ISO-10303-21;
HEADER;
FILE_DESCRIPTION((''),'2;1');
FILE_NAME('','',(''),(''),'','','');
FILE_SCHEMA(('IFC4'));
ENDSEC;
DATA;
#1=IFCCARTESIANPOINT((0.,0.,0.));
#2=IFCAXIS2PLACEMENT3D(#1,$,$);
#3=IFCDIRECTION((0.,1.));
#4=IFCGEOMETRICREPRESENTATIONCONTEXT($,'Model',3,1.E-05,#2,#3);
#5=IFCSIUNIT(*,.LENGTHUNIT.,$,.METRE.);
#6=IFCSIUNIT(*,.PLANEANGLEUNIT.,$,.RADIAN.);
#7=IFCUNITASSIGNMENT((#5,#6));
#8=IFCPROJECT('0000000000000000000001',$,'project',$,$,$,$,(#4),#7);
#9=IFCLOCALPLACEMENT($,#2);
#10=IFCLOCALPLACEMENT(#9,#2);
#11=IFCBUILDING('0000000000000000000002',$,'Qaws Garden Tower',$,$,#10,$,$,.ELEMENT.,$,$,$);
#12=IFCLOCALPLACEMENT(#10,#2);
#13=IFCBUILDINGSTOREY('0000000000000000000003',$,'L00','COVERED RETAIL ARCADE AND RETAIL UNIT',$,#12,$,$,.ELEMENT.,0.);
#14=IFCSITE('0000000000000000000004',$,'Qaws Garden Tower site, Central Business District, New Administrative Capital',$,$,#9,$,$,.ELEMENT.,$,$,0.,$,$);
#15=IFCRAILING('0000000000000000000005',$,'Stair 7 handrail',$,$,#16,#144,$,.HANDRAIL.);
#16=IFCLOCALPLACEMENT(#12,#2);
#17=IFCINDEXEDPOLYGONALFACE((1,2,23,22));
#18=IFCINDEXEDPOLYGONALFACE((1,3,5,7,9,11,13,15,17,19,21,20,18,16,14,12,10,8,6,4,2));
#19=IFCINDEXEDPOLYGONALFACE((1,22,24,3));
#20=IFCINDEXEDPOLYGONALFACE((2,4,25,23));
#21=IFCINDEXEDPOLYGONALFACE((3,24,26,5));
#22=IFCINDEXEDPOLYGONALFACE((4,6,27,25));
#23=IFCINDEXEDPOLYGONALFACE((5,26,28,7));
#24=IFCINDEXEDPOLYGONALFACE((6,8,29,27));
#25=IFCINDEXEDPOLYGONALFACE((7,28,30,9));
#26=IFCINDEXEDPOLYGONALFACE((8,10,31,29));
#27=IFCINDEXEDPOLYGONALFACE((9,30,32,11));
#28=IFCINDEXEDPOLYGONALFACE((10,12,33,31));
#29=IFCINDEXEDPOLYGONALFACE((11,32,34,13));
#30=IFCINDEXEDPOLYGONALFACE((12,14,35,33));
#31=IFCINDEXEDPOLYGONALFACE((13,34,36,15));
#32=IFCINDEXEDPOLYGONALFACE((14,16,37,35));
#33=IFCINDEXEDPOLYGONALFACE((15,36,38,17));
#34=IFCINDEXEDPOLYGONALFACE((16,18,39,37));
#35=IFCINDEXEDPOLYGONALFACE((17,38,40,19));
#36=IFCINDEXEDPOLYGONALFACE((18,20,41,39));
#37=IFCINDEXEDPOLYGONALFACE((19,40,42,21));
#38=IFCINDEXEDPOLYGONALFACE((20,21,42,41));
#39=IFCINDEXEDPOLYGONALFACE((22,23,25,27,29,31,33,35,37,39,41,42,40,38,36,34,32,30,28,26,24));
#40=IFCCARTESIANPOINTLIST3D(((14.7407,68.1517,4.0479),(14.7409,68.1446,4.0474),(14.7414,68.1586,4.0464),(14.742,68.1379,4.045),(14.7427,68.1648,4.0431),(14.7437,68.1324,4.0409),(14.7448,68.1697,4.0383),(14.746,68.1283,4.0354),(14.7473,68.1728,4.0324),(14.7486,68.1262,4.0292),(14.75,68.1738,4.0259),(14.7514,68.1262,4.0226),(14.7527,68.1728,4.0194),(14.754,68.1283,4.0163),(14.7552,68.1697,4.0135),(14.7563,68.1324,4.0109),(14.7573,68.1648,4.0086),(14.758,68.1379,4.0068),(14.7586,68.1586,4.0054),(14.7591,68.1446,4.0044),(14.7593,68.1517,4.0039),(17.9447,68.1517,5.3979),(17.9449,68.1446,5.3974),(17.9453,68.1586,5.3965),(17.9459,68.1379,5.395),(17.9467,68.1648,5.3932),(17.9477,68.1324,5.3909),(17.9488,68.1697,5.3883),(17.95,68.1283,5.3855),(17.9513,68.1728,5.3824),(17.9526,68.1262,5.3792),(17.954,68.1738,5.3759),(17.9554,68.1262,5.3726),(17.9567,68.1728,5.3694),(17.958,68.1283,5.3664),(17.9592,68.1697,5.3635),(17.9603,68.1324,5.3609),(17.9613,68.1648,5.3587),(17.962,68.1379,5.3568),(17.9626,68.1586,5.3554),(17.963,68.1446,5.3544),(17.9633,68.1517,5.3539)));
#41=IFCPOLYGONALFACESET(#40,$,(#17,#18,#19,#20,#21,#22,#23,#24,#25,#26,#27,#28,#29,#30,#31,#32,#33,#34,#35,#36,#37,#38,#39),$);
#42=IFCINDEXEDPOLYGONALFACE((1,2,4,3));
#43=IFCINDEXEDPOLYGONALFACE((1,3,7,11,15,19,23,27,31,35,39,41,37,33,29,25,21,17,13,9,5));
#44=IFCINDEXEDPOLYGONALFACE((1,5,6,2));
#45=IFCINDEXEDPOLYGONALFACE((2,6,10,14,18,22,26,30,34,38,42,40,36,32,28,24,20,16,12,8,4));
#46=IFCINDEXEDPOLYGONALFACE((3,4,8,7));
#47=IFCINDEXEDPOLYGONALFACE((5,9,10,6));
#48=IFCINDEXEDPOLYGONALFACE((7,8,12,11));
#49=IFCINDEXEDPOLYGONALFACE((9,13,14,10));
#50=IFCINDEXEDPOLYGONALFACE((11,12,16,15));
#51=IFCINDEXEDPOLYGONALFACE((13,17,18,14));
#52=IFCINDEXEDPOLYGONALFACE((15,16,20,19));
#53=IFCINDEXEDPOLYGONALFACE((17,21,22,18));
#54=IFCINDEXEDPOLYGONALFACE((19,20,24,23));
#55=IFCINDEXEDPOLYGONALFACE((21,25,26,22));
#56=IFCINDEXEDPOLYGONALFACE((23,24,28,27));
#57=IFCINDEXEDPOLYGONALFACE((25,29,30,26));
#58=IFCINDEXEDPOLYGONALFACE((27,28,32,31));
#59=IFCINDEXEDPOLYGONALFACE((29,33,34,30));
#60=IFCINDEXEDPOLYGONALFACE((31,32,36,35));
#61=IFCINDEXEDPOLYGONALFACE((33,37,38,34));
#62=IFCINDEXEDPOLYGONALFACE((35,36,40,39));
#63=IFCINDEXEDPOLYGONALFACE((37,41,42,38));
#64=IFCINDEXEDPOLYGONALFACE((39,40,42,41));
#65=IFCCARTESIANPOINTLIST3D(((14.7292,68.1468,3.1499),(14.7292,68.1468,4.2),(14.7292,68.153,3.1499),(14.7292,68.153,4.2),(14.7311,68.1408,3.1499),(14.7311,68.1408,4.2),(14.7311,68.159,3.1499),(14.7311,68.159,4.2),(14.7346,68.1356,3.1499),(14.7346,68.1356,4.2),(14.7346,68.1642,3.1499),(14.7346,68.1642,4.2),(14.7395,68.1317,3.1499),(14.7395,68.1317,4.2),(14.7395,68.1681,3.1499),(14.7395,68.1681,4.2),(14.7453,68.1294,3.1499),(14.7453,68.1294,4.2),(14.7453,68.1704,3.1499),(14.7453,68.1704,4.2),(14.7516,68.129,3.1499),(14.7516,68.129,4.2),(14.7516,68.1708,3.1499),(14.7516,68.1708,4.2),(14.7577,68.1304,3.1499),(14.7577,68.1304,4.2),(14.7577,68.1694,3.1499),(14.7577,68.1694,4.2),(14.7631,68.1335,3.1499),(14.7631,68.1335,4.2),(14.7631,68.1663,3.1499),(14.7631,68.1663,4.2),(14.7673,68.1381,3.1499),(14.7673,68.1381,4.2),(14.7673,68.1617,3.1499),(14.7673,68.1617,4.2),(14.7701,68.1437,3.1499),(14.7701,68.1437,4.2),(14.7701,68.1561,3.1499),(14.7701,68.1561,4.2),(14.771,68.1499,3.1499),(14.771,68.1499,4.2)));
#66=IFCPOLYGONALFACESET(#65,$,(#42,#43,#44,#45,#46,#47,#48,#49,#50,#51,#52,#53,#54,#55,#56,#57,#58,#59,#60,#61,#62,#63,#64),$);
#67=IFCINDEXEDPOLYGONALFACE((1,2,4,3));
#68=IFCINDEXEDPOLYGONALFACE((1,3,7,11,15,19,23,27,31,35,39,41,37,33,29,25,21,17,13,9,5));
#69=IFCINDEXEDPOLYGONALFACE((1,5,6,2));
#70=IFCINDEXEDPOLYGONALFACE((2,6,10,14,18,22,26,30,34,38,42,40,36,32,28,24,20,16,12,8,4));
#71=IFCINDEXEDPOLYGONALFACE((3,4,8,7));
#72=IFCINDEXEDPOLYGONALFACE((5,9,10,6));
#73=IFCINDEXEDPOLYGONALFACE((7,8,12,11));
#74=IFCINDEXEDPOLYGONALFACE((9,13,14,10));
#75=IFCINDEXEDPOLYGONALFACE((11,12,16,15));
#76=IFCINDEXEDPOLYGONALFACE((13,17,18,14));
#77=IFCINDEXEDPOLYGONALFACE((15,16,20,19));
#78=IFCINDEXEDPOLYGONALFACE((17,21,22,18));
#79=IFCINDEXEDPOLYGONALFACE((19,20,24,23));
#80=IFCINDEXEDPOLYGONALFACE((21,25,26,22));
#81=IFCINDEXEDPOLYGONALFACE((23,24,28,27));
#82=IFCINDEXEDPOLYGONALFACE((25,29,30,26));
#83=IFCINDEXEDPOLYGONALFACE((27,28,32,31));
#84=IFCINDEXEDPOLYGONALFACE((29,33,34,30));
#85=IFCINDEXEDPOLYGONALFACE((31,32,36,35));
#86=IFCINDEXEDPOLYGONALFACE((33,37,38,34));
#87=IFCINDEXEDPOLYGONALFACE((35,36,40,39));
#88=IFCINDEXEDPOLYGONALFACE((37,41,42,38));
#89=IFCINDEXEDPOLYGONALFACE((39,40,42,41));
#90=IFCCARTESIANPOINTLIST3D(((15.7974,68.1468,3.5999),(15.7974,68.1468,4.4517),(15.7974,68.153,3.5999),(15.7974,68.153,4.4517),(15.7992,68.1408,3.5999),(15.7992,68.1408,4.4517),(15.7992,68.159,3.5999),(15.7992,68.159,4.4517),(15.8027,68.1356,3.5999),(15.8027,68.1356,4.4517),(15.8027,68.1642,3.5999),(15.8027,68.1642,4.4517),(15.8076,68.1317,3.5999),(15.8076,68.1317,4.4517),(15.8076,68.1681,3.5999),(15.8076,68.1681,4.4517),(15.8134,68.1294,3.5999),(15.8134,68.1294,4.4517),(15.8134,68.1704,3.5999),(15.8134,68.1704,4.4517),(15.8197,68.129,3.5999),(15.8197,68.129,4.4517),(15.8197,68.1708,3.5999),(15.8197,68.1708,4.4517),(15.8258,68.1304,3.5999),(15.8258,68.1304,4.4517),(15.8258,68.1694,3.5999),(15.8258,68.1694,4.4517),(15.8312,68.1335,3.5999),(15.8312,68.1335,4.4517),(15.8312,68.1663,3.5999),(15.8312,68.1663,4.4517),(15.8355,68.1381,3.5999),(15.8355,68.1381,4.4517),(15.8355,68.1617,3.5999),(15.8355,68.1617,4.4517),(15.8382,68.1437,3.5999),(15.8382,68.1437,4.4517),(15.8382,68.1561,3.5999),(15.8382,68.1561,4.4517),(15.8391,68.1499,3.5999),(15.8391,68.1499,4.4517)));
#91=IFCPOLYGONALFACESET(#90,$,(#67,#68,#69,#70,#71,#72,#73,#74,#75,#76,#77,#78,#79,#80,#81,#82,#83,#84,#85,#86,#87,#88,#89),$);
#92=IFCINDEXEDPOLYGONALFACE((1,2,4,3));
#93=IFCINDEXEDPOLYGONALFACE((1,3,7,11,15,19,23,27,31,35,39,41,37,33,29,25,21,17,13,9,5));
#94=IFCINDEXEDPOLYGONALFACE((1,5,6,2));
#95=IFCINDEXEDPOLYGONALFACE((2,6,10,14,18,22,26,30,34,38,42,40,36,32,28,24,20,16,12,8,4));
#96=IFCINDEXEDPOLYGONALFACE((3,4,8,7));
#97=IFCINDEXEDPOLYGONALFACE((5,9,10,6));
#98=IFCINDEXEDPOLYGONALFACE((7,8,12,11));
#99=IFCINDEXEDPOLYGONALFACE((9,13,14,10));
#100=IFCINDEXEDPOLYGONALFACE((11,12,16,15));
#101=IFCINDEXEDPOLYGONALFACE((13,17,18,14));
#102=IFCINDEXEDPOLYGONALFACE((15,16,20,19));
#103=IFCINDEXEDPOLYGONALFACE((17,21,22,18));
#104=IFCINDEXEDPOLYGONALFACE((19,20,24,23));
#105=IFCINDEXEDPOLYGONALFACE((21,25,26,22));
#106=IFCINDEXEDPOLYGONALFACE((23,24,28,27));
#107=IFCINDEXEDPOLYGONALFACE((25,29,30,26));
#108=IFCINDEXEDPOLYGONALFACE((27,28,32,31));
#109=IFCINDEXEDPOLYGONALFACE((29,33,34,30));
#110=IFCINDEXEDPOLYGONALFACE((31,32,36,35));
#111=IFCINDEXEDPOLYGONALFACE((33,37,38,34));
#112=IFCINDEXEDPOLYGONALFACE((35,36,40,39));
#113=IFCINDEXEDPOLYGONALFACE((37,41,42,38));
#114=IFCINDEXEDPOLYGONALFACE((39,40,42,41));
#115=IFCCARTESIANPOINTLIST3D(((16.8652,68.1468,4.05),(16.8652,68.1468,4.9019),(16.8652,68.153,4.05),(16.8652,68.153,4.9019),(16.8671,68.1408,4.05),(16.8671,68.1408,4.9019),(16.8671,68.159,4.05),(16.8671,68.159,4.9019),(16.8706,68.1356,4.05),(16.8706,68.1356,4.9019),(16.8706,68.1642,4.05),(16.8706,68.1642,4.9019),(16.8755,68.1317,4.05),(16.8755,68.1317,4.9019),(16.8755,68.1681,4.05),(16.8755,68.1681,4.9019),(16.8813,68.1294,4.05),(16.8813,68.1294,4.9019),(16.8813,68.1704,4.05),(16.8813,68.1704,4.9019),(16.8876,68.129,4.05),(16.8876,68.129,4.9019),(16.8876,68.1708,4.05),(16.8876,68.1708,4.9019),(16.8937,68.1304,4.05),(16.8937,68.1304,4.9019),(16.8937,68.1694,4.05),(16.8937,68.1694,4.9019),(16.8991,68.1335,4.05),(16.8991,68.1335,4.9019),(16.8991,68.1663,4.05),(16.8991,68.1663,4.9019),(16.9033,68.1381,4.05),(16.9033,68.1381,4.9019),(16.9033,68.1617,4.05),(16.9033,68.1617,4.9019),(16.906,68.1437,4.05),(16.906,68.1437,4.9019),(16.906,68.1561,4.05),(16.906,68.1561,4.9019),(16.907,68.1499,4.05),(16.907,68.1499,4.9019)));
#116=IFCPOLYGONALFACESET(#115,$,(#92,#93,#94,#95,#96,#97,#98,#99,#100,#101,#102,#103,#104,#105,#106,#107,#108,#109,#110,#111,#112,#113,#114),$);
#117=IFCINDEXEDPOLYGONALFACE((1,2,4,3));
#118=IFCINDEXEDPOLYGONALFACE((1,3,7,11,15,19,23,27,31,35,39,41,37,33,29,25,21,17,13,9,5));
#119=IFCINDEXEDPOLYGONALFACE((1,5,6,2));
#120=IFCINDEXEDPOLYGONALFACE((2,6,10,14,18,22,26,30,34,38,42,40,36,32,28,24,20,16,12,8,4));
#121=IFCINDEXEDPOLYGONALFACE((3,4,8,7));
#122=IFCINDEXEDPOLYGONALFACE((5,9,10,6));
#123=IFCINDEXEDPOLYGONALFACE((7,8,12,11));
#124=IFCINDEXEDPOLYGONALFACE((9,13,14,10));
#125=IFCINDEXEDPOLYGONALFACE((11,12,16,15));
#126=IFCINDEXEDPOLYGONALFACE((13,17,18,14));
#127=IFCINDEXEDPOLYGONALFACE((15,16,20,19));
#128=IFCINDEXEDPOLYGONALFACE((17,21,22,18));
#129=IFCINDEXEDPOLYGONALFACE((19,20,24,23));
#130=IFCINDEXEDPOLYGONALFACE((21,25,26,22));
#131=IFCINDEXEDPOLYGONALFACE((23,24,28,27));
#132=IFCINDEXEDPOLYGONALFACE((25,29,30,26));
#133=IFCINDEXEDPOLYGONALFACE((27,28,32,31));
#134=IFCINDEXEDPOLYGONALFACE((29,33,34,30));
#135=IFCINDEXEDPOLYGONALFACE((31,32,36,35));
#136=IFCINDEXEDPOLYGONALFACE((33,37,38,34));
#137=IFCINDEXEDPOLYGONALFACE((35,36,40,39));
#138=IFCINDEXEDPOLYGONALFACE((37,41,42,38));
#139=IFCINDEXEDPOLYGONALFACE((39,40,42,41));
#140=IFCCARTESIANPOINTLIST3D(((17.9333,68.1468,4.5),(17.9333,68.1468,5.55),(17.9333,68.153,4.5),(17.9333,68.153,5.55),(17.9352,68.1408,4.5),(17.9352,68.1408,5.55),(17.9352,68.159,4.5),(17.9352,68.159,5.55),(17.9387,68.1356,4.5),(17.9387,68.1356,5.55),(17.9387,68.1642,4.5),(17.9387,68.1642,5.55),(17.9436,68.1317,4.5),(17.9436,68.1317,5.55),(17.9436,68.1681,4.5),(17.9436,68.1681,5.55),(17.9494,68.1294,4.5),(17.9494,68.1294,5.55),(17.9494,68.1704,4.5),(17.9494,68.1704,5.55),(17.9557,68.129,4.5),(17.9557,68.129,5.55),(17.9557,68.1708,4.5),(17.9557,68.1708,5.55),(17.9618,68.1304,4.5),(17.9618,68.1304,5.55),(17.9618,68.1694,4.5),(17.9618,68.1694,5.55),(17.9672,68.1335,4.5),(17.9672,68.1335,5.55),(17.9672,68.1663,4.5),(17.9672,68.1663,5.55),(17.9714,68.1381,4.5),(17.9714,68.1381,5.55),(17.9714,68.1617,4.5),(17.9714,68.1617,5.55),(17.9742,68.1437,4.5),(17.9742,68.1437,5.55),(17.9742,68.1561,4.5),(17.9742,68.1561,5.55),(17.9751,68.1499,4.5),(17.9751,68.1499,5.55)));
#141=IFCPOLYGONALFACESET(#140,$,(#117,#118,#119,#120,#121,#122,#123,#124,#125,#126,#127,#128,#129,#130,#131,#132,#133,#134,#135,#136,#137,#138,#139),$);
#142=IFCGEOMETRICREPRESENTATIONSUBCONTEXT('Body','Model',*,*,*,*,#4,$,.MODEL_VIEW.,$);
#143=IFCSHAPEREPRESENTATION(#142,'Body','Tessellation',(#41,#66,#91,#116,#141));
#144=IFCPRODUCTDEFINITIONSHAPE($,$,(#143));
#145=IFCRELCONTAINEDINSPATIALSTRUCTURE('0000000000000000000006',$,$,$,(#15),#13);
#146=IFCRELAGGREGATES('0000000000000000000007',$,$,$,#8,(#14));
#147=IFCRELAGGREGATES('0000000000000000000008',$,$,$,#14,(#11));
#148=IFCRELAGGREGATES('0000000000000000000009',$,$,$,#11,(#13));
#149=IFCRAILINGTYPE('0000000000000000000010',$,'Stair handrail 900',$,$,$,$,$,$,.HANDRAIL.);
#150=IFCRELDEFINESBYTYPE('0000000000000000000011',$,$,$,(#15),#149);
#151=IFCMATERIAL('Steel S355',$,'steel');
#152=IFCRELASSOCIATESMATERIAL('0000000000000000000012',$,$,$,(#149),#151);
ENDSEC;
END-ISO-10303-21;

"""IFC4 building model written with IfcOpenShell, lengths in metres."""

from ifc_helpers import new_model, si_unit, direction, frame, origin, origin_2d, place, context, subcontext, project, spatial, circle, extrude, material, type_object, element, save


model = new_model("IFC4")

# Units and contexts
model_context = context("Model", 3, precision=1e-05, world=origin(), true_north=direction((0.0, 1.0)))
body_context = subcontext(model_context, "Body", "Model", "MODEL_VIEW")
ifc_project = project(units=[si_unit("LENGTHUNIT", "METRE"), si_unit("PLANEANGLEUNIT", "RADIAN")], contexts=[model_context])

# Site, building, storey
site_placement = place(None, origin())
site = spatial("IfcSite", under=ifc_project, at=site_placement, Name="Qaws Garden Tower site, Central Business District, New Administrative Capital", CompositionType="ELEMENT", RefElevation=0.0)
building_placement = place(site_placement, origin())
building = spatial("IfcBuilding", under=site, at=building_placement, Name="Qaws Garden Tower", CompositionType="ELEMENT")
storey_placement = place(building_placement, origin())
storey = spatial("IfcBuildingStorey", under=building, at=storey_placement, Name="L00", Description="COVERED RETAIL ARCADE AND RETAIL UNIT", CompositionType="ELEMENT", Elevation=0.0)

# Railing
ifc_material_1 = material(Name="Steel S355", Category="steel")
railing_type = type_object("IfcRailingType", Name="Stair handrail 900", PredefinedType="HANDRAIL", material=ifc_material_1)
railing_1_placement = place(storey_placement, frame((14.75, 68.1499, 3.1499)))
element("IfcRailing", 1, at=railing_1_placement, inside=storey, type_object=railing_type, Name="Stair 7 handrail", PredefinedType="HANDRAIL", context=body_context, shape_type="SweptSolid", body=[
    extrude(circle(Radius=0.0239, at=origin_2d()), frame((0.0, 0.0, 0.876), z_axis=(0.921532, 0.0, 0.388302), x_axis=(0.0, 1.0, 0.0)), (0.0, 0.0, 1.0), 3.4768),
    extrude(circle(Radius=0.021, at=origin_2d()), origin(), (0.0, 0.0, 1.0), 1.05),
    extrude(circle(Radius=0.021, at=origin_2d()), frame((1.0681, 0.0, 0.45)), (0.0, 0.0, 1.0), 0.8518),
    extrude(circle(Radius=0.021, at=origin_2d()), frame((2.136, 0.0, 0.9001)), (0.0, 0.0, 1.0), 0.8518),
    extrude(circle(Radius=0.021, at=origin_2d()), frame((3.2041, 0.0, 1.3501)), (0.0, 0.0, 1.0), 1.05),
])

save(model, "model.ifc")
